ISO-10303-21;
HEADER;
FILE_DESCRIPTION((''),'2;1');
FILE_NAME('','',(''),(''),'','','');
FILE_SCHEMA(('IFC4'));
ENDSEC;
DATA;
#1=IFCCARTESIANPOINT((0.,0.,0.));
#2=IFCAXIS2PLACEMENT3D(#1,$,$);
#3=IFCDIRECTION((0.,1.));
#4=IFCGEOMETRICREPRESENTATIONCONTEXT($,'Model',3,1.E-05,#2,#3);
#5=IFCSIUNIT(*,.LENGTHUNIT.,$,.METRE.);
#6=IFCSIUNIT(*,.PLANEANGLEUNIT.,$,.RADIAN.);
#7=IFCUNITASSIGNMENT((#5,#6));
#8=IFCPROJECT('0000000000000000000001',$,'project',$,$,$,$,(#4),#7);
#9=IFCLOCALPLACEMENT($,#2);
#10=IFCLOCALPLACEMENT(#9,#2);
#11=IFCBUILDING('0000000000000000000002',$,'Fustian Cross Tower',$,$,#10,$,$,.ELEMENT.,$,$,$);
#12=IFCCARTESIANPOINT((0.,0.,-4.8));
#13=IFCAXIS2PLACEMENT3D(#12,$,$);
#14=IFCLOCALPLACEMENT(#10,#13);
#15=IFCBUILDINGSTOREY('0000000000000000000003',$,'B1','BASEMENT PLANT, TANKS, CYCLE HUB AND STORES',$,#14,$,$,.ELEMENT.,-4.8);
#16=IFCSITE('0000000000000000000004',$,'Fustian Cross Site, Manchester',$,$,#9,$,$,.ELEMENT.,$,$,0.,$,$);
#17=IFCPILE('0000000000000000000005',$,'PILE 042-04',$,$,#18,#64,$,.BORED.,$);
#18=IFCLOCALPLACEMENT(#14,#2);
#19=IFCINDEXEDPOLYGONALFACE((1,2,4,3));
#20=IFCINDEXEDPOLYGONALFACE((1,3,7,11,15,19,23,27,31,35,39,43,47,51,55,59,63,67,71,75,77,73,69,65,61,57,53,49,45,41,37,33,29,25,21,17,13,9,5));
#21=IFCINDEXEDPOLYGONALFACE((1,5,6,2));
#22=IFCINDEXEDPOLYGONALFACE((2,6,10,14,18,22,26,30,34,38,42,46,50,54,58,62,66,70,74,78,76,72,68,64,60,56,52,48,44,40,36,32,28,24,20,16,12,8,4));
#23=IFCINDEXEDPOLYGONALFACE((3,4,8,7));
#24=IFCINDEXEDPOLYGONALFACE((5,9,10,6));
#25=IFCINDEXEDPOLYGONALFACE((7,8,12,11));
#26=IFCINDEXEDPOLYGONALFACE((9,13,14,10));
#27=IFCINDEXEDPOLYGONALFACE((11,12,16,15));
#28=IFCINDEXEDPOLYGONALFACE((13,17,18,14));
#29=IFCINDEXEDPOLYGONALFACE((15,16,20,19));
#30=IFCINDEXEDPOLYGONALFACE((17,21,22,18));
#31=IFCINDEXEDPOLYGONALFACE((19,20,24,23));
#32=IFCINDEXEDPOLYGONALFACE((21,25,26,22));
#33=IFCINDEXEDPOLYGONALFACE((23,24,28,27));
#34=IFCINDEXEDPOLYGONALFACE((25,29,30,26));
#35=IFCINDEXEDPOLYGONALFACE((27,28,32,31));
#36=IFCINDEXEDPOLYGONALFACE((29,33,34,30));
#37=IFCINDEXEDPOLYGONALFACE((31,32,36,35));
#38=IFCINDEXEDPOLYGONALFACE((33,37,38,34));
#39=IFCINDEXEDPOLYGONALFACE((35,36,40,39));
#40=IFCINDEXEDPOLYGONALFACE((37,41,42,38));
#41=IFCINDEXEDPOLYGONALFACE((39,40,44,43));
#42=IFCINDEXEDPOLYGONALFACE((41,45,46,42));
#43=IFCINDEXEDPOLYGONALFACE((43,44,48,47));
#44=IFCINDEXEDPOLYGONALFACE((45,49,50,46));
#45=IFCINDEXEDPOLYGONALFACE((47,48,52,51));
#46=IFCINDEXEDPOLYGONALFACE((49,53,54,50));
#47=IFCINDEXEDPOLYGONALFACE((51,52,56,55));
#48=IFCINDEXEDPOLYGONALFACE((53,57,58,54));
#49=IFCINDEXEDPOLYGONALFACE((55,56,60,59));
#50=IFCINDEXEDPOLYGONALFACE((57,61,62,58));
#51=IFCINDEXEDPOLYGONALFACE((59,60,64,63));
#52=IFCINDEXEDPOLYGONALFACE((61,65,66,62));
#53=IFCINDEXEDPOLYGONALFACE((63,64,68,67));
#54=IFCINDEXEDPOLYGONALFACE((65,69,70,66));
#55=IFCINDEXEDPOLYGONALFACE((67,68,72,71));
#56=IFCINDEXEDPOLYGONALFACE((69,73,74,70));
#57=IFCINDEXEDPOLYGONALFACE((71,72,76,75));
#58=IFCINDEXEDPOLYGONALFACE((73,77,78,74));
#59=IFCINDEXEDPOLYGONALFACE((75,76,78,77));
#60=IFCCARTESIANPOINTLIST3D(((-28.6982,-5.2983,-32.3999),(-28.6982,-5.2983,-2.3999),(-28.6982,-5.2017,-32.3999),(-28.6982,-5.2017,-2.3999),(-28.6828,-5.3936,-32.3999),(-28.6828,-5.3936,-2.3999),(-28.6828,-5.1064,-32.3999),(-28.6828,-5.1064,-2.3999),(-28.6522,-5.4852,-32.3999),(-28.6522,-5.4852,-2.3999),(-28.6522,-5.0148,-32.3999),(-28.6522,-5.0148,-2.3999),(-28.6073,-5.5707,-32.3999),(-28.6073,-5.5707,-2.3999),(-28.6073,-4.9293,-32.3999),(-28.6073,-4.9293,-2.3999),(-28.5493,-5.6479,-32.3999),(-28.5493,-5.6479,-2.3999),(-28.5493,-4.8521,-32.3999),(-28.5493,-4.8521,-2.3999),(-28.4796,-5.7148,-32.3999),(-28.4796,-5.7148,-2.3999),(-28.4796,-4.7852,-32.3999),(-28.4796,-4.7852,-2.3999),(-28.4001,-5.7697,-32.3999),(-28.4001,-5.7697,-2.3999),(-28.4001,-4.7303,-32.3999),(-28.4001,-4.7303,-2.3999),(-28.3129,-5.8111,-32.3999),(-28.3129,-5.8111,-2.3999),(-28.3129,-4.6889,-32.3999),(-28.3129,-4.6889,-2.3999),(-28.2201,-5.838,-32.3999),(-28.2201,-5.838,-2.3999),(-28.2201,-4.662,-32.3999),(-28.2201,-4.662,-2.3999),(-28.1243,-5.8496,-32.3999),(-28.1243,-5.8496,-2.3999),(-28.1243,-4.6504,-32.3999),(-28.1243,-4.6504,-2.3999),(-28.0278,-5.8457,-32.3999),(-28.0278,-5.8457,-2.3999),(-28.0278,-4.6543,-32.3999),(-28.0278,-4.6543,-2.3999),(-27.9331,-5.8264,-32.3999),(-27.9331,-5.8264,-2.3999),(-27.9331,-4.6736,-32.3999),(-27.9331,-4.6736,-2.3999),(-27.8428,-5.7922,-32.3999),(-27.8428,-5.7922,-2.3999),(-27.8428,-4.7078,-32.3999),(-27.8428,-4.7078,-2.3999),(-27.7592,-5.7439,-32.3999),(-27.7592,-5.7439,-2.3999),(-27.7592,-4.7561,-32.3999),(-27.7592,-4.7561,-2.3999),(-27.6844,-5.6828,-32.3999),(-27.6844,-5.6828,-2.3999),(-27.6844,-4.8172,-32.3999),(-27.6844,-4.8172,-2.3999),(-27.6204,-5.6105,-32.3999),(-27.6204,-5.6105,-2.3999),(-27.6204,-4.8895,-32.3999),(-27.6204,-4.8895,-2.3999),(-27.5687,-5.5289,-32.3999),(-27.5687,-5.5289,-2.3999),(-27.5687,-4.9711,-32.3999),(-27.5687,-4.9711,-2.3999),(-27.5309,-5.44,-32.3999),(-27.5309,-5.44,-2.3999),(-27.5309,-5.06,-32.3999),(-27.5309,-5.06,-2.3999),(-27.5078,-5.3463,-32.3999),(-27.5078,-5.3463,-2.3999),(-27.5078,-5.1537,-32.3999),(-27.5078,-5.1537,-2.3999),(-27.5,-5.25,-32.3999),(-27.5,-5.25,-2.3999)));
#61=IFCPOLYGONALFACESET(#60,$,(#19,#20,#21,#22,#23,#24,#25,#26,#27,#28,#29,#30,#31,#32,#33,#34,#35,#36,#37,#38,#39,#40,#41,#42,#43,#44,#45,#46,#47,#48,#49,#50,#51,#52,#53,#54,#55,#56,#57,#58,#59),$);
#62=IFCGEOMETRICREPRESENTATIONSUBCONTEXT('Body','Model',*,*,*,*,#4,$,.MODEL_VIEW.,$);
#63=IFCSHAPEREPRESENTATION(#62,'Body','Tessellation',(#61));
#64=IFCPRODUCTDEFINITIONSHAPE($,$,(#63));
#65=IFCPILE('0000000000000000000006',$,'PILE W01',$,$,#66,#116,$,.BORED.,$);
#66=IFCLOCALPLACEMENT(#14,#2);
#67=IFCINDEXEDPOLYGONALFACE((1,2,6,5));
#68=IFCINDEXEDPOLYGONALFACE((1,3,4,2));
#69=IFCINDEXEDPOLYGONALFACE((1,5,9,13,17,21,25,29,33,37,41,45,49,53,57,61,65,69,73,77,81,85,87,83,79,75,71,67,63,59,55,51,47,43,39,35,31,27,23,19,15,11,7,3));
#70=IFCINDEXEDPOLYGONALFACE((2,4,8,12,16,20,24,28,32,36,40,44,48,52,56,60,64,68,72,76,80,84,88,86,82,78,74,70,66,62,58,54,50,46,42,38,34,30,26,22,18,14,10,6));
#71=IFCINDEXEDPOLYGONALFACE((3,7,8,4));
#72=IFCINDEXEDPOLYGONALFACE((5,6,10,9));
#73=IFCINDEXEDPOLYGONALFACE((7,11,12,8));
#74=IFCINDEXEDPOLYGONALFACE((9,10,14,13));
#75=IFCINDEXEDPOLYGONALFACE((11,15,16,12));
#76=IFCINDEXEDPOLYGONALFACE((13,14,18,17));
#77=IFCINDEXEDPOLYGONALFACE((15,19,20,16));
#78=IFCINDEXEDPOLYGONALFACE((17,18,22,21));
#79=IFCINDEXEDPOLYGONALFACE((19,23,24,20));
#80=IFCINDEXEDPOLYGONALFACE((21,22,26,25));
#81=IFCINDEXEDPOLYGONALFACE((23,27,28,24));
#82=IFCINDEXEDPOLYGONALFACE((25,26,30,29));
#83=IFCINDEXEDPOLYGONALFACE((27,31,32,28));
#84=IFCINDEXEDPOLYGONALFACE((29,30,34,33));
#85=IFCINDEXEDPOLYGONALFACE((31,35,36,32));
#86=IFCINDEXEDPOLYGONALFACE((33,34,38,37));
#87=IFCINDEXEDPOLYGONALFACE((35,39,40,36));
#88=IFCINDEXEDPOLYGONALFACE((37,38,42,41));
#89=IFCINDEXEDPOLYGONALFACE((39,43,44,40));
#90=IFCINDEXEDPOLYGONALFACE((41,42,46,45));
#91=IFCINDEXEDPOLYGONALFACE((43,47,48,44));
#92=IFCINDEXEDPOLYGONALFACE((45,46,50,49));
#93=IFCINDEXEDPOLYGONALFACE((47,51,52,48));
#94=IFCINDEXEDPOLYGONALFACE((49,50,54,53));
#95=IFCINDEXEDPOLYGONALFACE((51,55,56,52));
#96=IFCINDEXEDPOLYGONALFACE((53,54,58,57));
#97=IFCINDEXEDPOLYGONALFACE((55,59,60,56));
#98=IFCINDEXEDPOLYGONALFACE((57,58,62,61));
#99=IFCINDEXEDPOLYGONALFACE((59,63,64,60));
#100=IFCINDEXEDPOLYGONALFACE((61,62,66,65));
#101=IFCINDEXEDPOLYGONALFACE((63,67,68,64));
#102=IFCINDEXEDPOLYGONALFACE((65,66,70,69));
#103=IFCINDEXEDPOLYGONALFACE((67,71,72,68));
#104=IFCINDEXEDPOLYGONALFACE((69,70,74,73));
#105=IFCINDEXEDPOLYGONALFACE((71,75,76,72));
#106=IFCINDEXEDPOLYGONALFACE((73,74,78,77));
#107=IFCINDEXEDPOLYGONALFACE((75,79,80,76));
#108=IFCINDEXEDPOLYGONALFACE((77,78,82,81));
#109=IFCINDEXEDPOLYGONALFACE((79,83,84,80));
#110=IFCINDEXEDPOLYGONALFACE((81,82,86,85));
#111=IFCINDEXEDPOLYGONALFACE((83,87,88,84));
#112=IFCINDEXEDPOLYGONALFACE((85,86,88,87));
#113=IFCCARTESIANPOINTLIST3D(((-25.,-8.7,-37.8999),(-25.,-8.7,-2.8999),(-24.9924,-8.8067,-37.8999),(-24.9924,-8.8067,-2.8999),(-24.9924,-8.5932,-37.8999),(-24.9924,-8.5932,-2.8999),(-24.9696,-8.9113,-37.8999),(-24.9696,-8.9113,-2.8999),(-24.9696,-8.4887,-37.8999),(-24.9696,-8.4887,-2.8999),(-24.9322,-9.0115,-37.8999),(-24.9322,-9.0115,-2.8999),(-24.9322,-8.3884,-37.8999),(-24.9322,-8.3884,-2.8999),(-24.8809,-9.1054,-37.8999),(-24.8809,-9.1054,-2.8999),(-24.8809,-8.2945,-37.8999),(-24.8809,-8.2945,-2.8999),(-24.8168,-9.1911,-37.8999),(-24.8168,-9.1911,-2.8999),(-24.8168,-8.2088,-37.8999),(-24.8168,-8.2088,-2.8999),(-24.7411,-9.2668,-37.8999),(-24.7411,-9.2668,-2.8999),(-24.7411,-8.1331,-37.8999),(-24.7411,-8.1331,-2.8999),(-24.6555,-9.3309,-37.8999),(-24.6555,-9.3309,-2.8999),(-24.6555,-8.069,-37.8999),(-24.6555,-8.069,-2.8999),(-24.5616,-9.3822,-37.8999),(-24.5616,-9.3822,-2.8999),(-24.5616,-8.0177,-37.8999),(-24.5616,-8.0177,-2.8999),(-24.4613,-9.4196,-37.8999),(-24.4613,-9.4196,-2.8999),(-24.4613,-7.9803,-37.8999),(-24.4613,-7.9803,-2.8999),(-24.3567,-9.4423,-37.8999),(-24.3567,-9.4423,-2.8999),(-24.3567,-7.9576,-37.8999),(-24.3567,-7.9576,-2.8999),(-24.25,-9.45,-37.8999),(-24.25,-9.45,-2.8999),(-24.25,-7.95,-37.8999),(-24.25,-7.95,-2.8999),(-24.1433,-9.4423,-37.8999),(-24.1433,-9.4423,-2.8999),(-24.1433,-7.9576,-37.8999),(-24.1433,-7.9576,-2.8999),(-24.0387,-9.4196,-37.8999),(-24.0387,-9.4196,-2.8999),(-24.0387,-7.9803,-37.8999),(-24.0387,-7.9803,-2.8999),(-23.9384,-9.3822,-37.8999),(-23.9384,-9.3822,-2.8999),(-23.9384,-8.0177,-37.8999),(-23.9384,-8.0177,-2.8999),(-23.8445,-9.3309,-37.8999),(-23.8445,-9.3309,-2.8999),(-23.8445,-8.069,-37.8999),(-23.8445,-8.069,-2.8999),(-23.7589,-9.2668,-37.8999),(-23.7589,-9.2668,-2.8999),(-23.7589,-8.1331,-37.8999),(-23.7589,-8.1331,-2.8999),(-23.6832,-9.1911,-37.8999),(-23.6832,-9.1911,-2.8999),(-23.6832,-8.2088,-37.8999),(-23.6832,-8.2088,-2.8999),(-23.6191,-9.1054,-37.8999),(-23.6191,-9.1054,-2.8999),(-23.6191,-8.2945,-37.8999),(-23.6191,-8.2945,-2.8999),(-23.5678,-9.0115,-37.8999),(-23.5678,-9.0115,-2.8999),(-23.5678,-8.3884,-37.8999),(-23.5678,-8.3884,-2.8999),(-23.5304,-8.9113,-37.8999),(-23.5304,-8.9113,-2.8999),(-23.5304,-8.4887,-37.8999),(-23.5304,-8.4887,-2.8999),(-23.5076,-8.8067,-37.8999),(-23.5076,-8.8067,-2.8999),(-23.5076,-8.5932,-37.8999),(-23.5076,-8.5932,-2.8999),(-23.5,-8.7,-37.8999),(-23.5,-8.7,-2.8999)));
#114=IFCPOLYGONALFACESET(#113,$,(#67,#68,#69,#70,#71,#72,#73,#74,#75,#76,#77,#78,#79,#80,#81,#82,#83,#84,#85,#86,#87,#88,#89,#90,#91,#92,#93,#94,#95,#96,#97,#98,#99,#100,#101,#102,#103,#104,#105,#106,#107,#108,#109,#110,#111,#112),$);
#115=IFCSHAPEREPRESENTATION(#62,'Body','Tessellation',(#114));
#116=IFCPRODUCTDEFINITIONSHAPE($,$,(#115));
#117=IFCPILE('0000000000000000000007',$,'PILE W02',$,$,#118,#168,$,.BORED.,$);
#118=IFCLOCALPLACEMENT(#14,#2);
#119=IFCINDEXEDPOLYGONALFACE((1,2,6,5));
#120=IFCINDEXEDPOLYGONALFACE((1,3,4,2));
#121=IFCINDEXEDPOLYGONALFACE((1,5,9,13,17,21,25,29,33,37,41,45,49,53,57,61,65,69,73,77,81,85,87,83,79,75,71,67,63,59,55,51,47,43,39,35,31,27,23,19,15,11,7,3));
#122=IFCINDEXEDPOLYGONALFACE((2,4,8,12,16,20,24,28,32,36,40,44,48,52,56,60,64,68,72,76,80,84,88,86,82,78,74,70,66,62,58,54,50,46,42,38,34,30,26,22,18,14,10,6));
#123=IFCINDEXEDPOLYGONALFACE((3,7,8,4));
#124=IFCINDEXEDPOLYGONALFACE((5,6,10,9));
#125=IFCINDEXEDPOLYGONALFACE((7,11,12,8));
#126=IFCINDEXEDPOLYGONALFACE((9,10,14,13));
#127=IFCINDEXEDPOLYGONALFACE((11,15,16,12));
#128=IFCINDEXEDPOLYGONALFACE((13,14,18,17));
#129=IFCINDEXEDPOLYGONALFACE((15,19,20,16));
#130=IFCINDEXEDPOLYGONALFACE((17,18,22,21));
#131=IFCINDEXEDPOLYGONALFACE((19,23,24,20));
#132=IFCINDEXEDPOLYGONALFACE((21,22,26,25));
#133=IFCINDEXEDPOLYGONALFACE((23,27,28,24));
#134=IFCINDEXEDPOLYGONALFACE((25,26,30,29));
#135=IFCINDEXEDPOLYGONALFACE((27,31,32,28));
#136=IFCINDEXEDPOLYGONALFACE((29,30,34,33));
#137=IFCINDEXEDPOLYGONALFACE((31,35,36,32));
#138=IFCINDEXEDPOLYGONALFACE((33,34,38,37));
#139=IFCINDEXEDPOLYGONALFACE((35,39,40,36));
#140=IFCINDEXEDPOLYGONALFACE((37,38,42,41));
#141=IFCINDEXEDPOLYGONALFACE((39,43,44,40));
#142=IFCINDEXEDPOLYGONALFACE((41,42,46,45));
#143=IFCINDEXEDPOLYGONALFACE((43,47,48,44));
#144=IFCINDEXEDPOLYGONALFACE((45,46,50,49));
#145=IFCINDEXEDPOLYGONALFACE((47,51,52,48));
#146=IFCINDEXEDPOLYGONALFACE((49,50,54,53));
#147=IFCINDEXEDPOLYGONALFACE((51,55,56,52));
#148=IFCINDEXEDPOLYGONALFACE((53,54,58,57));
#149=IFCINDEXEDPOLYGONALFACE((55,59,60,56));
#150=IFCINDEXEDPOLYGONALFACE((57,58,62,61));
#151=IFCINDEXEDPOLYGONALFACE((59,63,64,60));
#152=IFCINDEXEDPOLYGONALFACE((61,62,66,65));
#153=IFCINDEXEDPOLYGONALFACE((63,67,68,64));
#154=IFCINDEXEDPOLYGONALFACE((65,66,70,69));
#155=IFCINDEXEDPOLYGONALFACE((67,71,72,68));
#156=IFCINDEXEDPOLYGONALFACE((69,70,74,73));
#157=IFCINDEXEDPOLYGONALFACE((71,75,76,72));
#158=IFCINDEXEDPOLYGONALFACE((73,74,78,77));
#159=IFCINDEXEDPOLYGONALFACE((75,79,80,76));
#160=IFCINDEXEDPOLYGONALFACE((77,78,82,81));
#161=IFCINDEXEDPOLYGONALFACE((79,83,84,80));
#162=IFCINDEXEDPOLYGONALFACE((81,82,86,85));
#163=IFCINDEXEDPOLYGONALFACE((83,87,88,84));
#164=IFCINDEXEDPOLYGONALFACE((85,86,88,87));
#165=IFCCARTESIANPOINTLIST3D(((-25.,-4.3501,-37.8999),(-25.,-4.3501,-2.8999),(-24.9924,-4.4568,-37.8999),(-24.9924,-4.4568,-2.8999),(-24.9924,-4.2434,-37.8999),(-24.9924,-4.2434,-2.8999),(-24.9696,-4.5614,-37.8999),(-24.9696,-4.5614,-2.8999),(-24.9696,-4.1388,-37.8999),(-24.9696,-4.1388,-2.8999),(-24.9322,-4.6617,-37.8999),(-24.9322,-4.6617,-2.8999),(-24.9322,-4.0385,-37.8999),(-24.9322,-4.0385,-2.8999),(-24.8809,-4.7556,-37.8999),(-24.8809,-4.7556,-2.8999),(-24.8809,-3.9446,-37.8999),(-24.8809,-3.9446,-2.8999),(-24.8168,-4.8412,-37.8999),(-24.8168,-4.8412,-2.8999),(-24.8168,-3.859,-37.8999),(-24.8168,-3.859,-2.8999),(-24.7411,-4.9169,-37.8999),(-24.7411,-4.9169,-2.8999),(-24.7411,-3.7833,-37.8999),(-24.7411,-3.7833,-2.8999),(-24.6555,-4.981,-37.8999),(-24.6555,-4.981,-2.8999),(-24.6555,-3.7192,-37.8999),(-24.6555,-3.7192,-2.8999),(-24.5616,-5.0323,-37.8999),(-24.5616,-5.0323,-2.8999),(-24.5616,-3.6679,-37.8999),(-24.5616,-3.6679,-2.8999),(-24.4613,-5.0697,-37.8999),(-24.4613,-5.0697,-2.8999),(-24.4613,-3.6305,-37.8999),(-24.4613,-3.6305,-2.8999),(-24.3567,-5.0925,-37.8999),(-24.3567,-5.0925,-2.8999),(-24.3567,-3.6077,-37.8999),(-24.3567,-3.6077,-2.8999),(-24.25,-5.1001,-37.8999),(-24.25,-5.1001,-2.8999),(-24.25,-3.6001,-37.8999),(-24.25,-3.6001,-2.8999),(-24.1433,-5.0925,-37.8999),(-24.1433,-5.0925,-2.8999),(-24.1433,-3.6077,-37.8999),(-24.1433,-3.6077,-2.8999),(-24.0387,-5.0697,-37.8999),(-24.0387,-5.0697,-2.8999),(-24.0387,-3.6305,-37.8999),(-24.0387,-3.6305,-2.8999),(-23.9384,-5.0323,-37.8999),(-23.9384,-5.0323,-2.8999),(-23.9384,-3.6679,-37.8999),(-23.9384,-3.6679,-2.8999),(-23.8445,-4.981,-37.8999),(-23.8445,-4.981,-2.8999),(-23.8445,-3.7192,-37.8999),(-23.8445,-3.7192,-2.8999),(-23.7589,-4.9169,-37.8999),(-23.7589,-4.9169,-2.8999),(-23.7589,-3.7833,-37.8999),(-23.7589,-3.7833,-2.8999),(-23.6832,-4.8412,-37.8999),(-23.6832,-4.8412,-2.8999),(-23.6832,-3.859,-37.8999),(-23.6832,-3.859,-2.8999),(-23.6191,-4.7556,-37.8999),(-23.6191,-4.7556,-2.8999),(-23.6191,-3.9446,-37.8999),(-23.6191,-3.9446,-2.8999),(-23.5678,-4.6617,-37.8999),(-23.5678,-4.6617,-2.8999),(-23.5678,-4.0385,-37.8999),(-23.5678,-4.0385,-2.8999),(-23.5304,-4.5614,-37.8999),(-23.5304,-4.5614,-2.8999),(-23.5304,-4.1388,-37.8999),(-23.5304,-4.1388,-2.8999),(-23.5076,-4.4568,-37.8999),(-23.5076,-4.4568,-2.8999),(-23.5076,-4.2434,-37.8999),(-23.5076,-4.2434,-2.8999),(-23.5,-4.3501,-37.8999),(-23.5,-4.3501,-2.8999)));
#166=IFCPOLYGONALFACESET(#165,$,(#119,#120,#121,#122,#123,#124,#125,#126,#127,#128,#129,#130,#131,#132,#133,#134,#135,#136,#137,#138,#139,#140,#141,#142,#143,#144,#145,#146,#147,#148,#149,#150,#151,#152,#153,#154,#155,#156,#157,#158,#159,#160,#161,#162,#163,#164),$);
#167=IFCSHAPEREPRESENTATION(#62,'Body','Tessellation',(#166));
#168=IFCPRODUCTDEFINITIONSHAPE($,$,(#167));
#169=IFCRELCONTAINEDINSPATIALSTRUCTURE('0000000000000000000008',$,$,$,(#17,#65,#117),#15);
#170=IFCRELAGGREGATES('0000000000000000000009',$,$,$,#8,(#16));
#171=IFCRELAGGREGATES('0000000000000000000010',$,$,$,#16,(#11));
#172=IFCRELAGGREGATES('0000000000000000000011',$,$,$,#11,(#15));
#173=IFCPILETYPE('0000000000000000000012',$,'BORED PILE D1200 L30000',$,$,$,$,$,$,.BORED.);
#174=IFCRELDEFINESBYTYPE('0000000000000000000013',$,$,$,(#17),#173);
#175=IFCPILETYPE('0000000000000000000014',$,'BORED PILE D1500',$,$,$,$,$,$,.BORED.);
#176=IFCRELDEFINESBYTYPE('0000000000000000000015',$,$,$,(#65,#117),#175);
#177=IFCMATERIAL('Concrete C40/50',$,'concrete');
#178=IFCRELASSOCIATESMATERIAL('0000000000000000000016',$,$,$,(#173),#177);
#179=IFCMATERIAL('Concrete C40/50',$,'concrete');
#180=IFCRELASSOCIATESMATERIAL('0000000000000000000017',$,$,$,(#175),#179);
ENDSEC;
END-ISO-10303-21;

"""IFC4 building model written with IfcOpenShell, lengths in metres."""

from ifc_helpers import new_model, si_unit, direction, frame, origin, origin_2d, place, context, subcontext, project, spatial, circle, extrude, material, material_profile, profile_set, type_object, element, save


model = new_model("IFC4")

# Units and contexts
model_context = context("Model", 3, precision=1e-05, world=origin(), true_north=direction((0.0, 1.0)))
body_context = subcontext(model_context, "Body", "Model", "MODEL_VIEW")
ifc_project = project(units=[si_unit("LENGTHUNIT", "METRE"), si_unit("PLANEANGLEUNIT", "RADIAN")], contexts=[model_context])

# Site, building, storey
site_placement = place(None, origin())
site = spatial("IfcSite", under=ifc_project, at=site_placement, Name="Fustian Cross Site, Manchester", CompositionType="ELEMENT", RefElevation=0.0)
building_placement = place(site_placement, origin())
building = spatial("IfcBuilding", under=site, at=building_placement, Name="Fustian Cross Tower", CompositionType="ELEMENT")
storey_placement = place(building_placement, frame((0.0, 0.0, -4.8)))
storey = spatial("IfcBuildingStorey", under=building, at=storey_placement, Name="B1", Description="BASEMENT PLANT, TANKS, CYCLE HUB AND STORES", CompositionType="ELEMENT", Elevation=-4.8)

# Piles
ifc_material_1 = material(Name="Concrete C40/50", Category="concrete")
ifc_material_profile_1 = material_profile(ifc_material_1, circle(Radius=0.6001, at=origin_2d()), Name="BORED PILE D1200 L30000")
ifc_profile_set_1 = profile_set([ifc_material_profile_1], Name="Concrete C40/50")
pile_type_1 = type_object("IfcPileType", Name="BORED PILE D1200 L30000", PredefinedType="BORED", material=ifc_profile_set_1)
pile_placement = place(storey_placement, frame((-28.1001, -5.25, -2.3999), z_axis=(0.0, 0.0, -1.0), x_axis=(1.0, 0.0, 0.0)))
element("IfcPile", 1, at=pile_placement, inside=storey, type_object=pile_type_1, Name="PILE 042-04", PredefinedType="BORED", context=body_context, shape_type="SweptSolid", body=[
    extrude(circle(Radius=0.6001, at=origin_2d()), origin(), (0.0, 0.0, 1.0), 30.0),
])
ifc_material_2 = material(Name="Concrete C40/50", Category="concrete")
ifc_material_profile_2 = material_profile(ifc_material_2, circle(Radius=0.75, at=origin_2d()), Name="BORED PILE D1500")
ifc_profile_set_2 = profile_set([ifc_material_profile_2], Name="Concrete C40/50")
pile_type_2 = type_object("IfcPileType", Name="BORED PILE D1500", PredefinedType="BORED", material=ifc_profile_set_2)
for number, where, z_axis, x_axis, name in (
    (2, (-24.25, -8.7, -2.8999), (0.0, 0.0, -1.0), (1.0, 0.0, 0.0), "PILE W01"),
    (3, (-24.25, -4.3501, -2.8999), (0.0, 0.0, -1.0), (1.0, 0.0, 0.0), "PILE W02"),
):
    element("IfcPile", number, at=place(storey_placement, frame(where, z_axis=z_axis, x_axis=x_axis)), inside=storey, type_object=pile_type_2, Name=name, PredefinedType="BORED", context=body_context, shape_type="SweptSolid", body=[
        extrude(circle(Radius=0.75, at=origin_2d()), origin(), (0.0, 0.0, 1.0), 35.0),
    ])

save(model, "model.ifc")
